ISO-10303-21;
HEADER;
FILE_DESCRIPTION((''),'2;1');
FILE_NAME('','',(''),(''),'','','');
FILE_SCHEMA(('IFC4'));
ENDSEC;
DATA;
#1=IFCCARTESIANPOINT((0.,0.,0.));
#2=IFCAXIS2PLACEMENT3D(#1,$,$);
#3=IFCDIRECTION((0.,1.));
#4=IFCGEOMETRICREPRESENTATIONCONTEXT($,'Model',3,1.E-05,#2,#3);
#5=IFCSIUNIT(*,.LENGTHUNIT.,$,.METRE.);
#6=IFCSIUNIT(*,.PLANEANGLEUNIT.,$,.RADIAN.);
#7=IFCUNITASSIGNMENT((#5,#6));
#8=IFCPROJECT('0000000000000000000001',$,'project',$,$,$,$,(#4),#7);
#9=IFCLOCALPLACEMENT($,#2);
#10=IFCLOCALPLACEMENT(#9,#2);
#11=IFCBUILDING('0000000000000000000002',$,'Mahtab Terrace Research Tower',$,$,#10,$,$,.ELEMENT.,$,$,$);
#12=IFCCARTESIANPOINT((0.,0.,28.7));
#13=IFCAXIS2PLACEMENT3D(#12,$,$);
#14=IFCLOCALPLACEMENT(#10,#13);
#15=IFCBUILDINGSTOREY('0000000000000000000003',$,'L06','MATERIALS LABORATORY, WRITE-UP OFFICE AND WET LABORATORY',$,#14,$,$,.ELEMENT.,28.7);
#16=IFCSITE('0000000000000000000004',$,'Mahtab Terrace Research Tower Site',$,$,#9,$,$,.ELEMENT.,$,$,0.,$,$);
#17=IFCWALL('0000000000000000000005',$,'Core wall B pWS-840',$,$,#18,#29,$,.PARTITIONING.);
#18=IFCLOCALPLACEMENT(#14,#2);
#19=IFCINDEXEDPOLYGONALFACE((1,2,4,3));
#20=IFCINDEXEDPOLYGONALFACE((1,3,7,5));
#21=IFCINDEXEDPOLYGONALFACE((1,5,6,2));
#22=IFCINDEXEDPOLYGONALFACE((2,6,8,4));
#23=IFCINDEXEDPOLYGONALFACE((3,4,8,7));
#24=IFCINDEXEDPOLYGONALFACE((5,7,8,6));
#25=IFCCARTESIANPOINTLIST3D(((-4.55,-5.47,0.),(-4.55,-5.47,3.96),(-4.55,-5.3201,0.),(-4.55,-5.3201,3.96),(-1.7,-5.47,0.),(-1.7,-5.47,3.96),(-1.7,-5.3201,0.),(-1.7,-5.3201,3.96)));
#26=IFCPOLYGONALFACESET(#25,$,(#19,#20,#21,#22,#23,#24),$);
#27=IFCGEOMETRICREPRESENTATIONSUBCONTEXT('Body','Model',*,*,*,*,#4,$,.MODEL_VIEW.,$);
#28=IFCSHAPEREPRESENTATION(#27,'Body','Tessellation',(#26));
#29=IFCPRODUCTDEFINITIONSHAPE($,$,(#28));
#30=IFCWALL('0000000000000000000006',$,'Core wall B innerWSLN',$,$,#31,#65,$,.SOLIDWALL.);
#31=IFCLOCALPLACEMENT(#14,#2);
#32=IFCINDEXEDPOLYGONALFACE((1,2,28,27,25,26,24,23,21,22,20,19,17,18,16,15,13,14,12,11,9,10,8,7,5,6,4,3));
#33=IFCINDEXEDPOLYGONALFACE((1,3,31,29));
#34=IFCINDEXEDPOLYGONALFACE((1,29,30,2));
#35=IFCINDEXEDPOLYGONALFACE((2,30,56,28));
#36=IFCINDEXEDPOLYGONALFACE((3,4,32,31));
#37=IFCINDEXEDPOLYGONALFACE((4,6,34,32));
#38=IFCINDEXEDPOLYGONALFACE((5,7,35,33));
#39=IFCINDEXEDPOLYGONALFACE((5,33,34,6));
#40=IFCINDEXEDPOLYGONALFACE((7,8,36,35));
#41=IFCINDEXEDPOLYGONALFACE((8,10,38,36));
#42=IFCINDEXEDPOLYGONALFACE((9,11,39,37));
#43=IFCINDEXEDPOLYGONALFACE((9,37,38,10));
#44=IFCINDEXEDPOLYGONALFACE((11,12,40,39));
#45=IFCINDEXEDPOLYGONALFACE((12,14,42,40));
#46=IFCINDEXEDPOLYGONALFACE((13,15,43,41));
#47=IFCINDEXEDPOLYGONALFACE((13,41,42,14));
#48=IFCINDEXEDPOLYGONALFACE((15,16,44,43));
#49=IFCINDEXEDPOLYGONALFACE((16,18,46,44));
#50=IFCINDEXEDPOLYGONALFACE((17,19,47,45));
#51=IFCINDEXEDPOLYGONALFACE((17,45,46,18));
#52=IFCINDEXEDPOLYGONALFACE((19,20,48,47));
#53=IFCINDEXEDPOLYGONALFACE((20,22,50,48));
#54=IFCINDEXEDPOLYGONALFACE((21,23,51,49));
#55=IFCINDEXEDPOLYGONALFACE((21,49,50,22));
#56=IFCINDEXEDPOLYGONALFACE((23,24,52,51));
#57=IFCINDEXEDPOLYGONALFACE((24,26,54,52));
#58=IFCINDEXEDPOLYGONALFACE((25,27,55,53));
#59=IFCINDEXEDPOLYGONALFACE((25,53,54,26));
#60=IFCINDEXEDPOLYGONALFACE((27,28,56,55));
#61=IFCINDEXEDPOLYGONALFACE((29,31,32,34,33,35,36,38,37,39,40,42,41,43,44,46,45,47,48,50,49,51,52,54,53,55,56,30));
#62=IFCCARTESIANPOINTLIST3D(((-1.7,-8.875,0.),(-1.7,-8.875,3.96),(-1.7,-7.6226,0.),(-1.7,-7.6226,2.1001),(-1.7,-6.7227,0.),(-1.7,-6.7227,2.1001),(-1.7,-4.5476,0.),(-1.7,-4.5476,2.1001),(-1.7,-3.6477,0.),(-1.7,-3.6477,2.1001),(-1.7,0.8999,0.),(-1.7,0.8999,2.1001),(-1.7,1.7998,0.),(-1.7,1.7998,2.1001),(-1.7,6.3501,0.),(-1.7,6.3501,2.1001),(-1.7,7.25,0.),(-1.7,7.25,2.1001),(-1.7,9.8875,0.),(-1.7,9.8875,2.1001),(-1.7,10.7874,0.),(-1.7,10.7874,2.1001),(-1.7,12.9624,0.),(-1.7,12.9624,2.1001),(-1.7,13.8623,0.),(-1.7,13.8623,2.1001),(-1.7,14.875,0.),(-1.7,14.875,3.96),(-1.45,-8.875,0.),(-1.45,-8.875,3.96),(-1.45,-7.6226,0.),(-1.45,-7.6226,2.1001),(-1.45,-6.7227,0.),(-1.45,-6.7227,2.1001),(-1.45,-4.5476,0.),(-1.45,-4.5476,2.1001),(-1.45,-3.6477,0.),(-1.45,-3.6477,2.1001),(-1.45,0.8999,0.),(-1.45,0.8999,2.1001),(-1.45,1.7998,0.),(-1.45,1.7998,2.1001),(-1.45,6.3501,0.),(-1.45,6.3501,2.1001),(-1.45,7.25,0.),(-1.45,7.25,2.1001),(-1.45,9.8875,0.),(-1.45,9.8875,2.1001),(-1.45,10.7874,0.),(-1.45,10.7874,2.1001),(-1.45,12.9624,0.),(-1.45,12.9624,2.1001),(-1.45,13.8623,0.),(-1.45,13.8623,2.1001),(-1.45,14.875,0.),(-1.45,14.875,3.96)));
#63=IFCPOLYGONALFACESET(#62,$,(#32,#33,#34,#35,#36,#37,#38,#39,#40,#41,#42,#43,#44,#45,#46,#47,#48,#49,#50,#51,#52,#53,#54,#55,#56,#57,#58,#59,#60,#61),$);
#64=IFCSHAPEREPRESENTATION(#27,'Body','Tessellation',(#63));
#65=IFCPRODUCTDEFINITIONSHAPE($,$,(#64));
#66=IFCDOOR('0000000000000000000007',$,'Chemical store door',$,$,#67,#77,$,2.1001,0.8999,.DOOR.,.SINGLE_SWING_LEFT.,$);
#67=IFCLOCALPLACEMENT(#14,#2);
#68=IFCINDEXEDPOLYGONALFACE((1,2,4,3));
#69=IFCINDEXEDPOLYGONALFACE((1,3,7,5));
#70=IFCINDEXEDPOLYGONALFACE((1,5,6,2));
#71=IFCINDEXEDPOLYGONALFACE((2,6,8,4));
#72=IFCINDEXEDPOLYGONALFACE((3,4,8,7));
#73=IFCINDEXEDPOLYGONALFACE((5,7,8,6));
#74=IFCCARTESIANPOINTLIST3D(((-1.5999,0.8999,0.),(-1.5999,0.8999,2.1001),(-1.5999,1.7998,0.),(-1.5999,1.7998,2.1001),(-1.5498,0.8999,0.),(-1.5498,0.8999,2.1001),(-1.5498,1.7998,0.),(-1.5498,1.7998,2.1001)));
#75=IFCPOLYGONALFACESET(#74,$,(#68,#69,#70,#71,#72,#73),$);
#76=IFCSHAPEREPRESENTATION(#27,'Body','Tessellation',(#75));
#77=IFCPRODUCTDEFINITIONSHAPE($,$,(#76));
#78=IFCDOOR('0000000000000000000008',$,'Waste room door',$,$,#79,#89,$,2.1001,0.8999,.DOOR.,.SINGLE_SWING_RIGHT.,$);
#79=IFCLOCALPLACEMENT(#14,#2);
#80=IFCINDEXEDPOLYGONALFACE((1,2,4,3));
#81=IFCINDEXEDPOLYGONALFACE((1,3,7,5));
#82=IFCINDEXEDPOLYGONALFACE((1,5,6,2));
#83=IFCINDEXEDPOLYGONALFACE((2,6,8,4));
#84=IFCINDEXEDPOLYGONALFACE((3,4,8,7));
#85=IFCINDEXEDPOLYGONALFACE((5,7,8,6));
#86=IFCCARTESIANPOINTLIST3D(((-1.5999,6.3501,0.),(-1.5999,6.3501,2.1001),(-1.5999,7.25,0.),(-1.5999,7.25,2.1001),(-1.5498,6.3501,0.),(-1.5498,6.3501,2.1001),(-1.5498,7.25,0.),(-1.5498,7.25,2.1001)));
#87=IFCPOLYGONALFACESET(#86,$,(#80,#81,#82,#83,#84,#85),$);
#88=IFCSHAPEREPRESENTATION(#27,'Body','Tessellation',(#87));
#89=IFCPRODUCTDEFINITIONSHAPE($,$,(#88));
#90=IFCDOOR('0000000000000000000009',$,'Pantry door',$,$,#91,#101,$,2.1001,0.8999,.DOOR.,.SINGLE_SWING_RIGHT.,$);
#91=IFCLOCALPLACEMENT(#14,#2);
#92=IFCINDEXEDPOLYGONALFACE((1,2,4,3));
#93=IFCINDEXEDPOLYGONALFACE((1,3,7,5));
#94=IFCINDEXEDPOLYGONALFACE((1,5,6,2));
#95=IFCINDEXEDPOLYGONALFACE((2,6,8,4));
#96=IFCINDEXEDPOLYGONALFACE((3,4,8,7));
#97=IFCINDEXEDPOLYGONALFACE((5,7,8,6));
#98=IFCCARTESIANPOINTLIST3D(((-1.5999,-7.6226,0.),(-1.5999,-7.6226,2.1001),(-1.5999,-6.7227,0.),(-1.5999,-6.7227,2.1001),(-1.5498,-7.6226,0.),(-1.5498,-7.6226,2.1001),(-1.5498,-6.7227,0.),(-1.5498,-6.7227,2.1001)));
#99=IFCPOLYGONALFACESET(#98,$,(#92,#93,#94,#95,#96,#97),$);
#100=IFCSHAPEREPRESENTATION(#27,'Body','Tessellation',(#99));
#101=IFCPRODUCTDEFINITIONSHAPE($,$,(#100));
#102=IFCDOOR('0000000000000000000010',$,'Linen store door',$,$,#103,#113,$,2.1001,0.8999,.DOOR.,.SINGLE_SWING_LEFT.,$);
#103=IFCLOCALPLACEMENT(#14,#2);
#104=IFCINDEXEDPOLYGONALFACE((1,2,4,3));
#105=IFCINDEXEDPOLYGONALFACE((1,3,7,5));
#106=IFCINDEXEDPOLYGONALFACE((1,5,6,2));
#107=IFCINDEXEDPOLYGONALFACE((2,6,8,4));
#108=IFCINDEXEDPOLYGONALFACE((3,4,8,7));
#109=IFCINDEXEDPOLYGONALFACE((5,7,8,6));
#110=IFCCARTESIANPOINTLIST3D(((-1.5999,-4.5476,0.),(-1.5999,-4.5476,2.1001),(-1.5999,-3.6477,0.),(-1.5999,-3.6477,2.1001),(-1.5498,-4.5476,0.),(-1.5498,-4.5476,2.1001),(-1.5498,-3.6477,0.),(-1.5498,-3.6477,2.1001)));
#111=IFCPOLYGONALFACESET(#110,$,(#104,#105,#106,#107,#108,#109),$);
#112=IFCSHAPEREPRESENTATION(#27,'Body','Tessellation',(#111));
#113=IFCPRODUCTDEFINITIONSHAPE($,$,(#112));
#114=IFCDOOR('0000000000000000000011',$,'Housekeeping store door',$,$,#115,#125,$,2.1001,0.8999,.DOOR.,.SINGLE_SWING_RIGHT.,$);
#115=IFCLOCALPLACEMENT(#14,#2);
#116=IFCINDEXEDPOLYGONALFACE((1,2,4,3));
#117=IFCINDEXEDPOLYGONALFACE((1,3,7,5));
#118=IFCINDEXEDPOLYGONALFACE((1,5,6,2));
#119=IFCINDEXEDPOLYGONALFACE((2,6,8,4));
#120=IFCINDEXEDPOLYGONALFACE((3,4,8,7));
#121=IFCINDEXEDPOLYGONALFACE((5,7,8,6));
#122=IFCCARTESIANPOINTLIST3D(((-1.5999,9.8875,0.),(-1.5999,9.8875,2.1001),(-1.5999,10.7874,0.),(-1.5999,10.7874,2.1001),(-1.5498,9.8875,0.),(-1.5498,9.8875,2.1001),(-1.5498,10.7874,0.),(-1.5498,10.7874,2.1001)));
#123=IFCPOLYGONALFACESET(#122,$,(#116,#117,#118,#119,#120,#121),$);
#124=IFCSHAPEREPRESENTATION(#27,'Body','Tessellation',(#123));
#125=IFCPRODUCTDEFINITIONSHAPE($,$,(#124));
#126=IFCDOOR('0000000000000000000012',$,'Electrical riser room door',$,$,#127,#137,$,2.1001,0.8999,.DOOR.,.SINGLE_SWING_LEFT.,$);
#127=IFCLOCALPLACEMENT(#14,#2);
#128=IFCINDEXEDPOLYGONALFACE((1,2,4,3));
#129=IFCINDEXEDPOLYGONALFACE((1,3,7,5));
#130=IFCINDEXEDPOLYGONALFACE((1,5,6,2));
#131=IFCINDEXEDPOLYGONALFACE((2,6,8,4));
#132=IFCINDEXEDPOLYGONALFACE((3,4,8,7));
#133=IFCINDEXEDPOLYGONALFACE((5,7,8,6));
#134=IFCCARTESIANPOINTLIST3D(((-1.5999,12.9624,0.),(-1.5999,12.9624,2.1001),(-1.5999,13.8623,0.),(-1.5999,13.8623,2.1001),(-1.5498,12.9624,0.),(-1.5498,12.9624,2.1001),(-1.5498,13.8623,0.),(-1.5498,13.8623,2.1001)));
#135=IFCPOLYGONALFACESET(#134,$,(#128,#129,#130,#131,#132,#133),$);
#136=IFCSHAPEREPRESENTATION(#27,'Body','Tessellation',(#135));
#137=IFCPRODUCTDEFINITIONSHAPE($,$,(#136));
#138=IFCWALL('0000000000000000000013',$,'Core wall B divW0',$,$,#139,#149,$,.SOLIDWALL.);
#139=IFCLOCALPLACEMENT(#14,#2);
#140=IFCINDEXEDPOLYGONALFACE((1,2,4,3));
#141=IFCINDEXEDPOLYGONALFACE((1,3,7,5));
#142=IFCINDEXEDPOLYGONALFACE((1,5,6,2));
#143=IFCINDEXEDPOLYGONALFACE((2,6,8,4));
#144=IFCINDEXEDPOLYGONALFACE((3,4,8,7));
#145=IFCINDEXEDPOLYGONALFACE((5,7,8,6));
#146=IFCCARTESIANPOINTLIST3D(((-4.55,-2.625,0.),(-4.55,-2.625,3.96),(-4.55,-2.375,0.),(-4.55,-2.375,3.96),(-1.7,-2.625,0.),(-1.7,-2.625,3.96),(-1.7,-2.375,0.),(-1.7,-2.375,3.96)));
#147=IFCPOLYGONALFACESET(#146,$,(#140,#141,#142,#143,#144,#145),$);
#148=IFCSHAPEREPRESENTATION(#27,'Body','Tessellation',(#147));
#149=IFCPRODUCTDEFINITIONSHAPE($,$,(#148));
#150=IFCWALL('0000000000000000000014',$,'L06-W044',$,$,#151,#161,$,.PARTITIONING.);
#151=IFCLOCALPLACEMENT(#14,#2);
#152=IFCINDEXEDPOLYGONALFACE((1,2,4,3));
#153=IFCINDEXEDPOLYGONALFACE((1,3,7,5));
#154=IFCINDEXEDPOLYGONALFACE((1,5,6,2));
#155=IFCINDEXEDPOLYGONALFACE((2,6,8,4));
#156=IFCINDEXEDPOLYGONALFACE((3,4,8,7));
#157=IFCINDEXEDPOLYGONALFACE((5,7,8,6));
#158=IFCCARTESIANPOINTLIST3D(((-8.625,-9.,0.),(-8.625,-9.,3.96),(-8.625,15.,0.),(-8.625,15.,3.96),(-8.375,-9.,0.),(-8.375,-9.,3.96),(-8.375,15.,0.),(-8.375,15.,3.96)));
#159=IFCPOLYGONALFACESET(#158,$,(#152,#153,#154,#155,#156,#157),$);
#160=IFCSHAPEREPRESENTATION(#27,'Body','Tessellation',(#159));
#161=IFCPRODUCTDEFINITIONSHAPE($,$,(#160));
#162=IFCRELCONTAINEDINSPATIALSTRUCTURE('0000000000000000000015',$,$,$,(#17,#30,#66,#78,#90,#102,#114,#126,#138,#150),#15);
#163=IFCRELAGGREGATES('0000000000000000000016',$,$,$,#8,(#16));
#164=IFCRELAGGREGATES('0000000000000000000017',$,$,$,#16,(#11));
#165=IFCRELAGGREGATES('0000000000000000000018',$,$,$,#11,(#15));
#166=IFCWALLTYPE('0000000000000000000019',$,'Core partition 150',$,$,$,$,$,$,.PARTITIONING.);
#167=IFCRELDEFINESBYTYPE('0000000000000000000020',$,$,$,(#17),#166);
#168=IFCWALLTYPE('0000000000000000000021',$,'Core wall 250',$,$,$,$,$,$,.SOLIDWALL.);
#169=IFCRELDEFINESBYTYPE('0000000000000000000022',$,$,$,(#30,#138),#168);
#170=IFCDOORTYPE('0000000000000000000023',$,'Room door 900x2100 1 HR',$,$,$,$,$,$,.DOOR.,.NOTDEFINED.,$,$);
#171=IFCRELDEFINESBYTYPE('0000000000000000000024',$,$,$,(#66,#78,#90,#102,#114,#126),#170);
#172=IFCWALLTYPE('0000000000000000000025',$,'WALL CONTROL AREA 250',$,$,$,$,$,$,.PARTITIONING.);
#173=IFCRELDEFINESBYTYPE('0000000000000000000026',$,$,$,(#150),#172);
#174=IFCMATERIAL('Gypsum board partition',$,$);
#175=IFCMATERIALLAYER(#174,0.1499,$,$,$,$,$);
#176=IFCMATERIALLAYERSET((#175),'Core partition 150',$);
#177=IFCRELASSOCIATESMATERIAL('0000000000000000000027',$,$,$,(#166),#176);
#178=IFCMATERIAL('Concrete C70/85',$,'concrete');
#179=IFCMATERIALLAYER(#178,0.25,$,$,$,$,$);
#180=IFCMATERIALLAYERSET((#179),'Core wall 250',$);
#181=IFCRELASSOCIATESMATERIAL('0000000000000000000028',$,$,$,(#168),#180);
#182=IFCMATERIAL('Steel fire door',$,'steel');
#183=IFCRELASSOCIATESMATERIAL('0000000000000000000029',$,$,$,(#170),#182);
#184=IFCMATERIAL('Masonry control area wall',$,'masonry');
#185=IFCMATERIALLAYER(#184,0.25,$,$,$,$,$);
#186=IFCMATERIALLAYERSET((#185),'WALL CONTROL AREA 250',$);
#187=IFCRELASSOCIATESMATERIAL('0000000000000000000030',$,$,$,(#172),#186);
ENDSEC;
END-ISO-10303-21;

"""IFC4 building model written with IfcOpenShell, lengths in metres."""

from ifc_helpers import new_model, si_unit, direction, frame, frame_2d, origin, place, context, subcontext, project, spatial, rectangle, extrude, material, layer, layer_set, type_object, element, fill, save


model = new_model("IFC4")

# Units and contexts
model_context = context("Model", 3, precision=1e-05, world=origin(), true_north=direction((0.0, 1.0)))
body_context = subcontext(model_context, "Body", "Model", "MODEL_VIEW")
ifc_project = project(units=[si_unit("LENGTHUNIT", "METRE"), si_unit("PLANEANGLEUNIT", "RADIAN")], contexts=[model_context])

# Site, building, storey
site_placement = place(None, origin())
site = spatial("IfcSite", under=ifc_project, at=site_placement, Name="Mahtab Terrace Research Tower Site", CompositionType="ELEMENT", RefElevation=0.0)
building_placement = place(site_placement, origin())
building = spatial("IfcBuilding", under=site, at=building_placement, Name="Mahtab Terrace Research Tower", CompositionType="ELEMENT")
storey_placement = place(building_placement, frame((0.0, 0.0, 28.7)))
storey = spatial("IfcBuildingStorey", under=building, at=storey_placement, Name="L06", Description="MATERIALS LABORATORY, WRITE-UP OFFICE AND WET LABORATORY", CompositionType="ELEMENT", Elevation=28.7)

# Shared definitions
ifc_material_1 = material(Name="Concrete C70/85", Category="concrete")

# Wall
ifc_material_2 = material(Name="Gypsum board partition")
ifc_layer_1 = layer(ifc_material_2, 0.1499)
ifc_layer_set_1 = layer_set([ifc_layer_1], Name="Core partition 150")
wall_type_1 = type_object("IfcWallType", Name="Core partition 150", PredefinedType="PARTITIONING", material=ifc_layer_set_1)
wall_1_placement = place(storey_placement, frame((-4.55, -5.395, 0.0), z_axis=(0.0, 0.0, 1.0), x_axis=(1.0, 0.0, 0.0)))
element("IfcWall", 1, at=wall_1_placement, inside=storey, type_object=wall_type_1, Name="Core wall B pWS-840", PredefinedType="PARTITIONING", context=body_context, shape_type="SweptSolid", body=[
    extrude(rectangle(XDim=2.8501, YDim=0.1499, at=frame_2d((1.425, 0.0))), origin(), (0.0, 0.0, 1.0), 3.96),
])

# Wall, openings, doors
ifc_layer_2 = layer(ifc_material_1, 0.25)
ifc_layer_set_2 = layer_set([ifc_layer_2], Name="Core wall 250")
wall_type_2 = type_object("IfcWallType", Name="Core wall 250", PredefinedType="SOLIDWALL", material=ifc_layer_set_2)
wall_2_placement = place(storey_placement, frame((-1.575, -8.875, 0.0), z_axis=(0.0, 0.0, 1.0), x_axis=(0.0, 1.0, 0.0)))
wall_2 = element("IfcWall", 2, at=wall_2_placement, inside=storey, type_object=wall_type_2, Name="Core wall B innerWSLN", PredefinedType="SOLIDWALL", context=body_context, shape_type="SweptSolid", body=[
    extrude(rectangle(XDim=23.75, YDim=0.25, at=frame_2d((11.875, 0.0))), origin(), (0.0, 0.0, 1.0), 3.96),
])
opening_1_placement = place(wall_2_placement, frame((9.7749, 0.0, 0.0)))
opening_1 = element("IfcOpeningElement", 3, at=opening_1_placement, cuts=wall_2, PredefinedType="OPENING", context=body_context, shape_type="SweptSolid", body=[
    extrude(rectangle(XDim=0.8999, YDim=2.1001, at=frame_2d((0.45, 1.05))), frame((0.0, 0.135, 0.0), z_axis=(0.0, -1.0, 0.0), x_axis=(1.0, 0.0, 0.0)), (0.0, 0.0, 1.0), 0.27),
])
opening_2_placement = place(wall_2_placement, frame((15.2251, 0.0, 0.0)))
opening_2 = element("IfcOpeningElement", 4, at=opening_2_placement, cuts=wall_2, PredefinedType="OPENING", context=body_context, shape_type="SweptSolid", body=[
    extrude(rectangle(XDim=0.8999, YDim=2.1001, at=frame_2d((0.45, 1.05))), frame((0.0, 0.135, 0.0), z_axis=(0.0, -1.0, 0.0), x_axis=(1.0, 0.0, 0.0)), (0.0, 0.0, 1.0), 0.27),
])
opening_3_placement = place(wall_2_placement, frame((1.2524, 0.0, 0.0)))
opening_3 = element("IfcOpeningElement", 5, at=opening_3_placement, cuts=wall_2, PredefinedType="OPENING", context=body_context, shape_type="SweptSolid", body=[
    extrude(rectangle(XDim=0.8999, YDim=2.1001, at=frame_2d((0.45, 1.05))), frame((0.0, 0.135, 0.0), z_axis=(0.0, -1.0, 0.0), x_axis=(1.0, 0.0, 0.0)), (0.0, 0.0, 1.0), 0.27),
])
opening_4_placement = place(wall_2_placement, frame((4.3274, 0.0, 0.0)))
opening_4 = element("IfcOpeningElement", 6, at=opening_4_placement, cuts=wall_2, PredefinedType="OPENING", context=body_context, shape_type="SweptSolid", body=[
    extrude(rectangle(XDim=0.8999, YDim=2.1001, at=frame_2d((0.45, 1.05))), frame((0.0, 0.135, 0.0), z_axis=(0.0, -1.0, 0.0), x_axis=(1.0, 0.0, 0.0)), (0.0, 0.0, 1.0), 0.27),
])
opening_5_placement = place(wall_2_placement, frame((18.7625, 0.0, 0.0)))
opening_5 = element("IfcOpeningElement", 7, at=opening_5_placement, cuts=wall_2, PredefinedType="OPENING", context=body_context, shape_type="SweptSolid", body=[
    extrude(rectangle(XDim=0.8999, YDim=2.1001, at=frame_2d((0.45, 1.05))), frame((0.0, 0.135, 0.0), z_axis=(0.0, -1.0, 0.0), x_axis=(1.0, 0.0, 0.0)), (0.0, 0.0, 1.0), 0.27),
])
opening_6_placement = place(wall_2_placement, frame((21.8374, 0.0, 0.0)))
opening_6 = element("IfcOpeningElement", 8, at=opening_6_placement, cuts=wall_2, PredefinedType="OPENING", context=body_context, shape_type="SweptSolid", body=[
    extrude(rectangle(XDim=0.8999, YDim=2.1001, at=frame_2d((0.45, 1.05))), frame((0.0, 0.135, 0.0), z_axis=(0.0, -1.0, 0.0), x_axis=(1.0, 0.0, 0.0)), (0.0, 0.0, 1.0), 0.27),
])
ifc_material_3 = material(Name="Steel fire door", Category="steel")
door_type = type_object("IfcDoorType", Name="Room door 900x2100 1 HR", OperationType="NOTDEFINED", PredefinedType="DOOR", material=ifc_material_3)
door_1_placement = place(opening_1_placement, origin())
door_1 = element("IfcDoor", 9, at=door_1_placement, inside=storey, type_object=door_type, Name="Chemical store door", OperationType="SINGLE_SWING_LEFT", OverallHeight=2.1001, OverallWidth=0.8999, PredefinedType="DOOR", context=body_context, shape_type="SweptSolid", body=[
    extrude(rectangle(XDim=0.8999, YDim=2.1001, at=frame_2d((0.45, 1.05))), frame((0.0, 0.0249, 0.0), z_axis=(0.0, -1.0, 0.0), x_axis=(1.0, 0.0, 0.0)), (0.0, 0.0, 1.0), 0.05),
])
fill(opening_1, door_1)
door_2_placement = place(opening_2_placement, origin())
door_2 = element("IfcDoor", 10, at=door_2_placement, inside=storey, type_object=door_type, Name="Waste room door", OperationType="SINGLE_SWING_RIGHT", OverallHeight=2.1001, OverallWidth=0.8999, PredefinedType="DOOR", context=body_context, shape_type="SweptSolid", body=[
    extrude(rectangle(XDim=0.8999, YDim=2.1001, at=frame_2d((0.45, 1.05))), frame((0.0, 0.0249, 0.0), z_axis=(0.0, -1.0, 0.0), x_axis=(1.0, 0.0, 0.0)), (0.0, 0.0, 1.0), 0.05),
])
fill(opening_2, door_2)
door_3_placement = place(opening_3_placement, origin())
door_3 = element("IfcDoor", 11, at=door_3_placement, inside=storey, type_object=door_type, Name="Pantry door", OperationType="SINGLE_SWING_RIGHT", OverallHeight=2.1001, OverallWidth=0.8999, PredefinedType="DOOR", context=body_context, shape_type="SweptSolid", body=[
    extrude(rectangle(XDim=0.8999, YDim=2.1001, at=frame_2d((0.45, 1.05))), frame((0.0, 0.0249, 0.0), z_axis=(0.0, -1.0, 0.0), x_axis=(1.0, 0.0, 0.0)), (0.0, 0.0, 1.0), 0.05),
])
fill(opening_3, door_3)
door_4_placement = place(opening_4_placement, origin())
door_4 = element("IfcDoor", 12, at=door_4_placement, inside=storey, type_object=door_type, Name="Linen store door", OperationType="SINGLE_SWING_LEFT", OverallHeight=2.1001, OverallWidth=0.8999, PredefinedType="DOOR", context=body_context, shape_type="SweptSolid", body=[
    extrude(rectangle(XDim=0.8999, YDim=2.1001, at=frame_2d((0.45, 1.05))), frame((0.0, 0.0249, 0.0), z_axis=(0.0, -1.0, 0.0), x_axis=(1.0, 0.0, 0.0)), (0.0, 0.0, 1.0), 0.05),
])
fill(opening_4, door_4)
door_5_placement = place(opening_5_placement, origin())
door_5 = element("IfcDoor", 13, at=door_5_placement, inside=storey, type_object=door_type, Name="Housekeeping store door", OperationType="SINGLE_SWING_RIGHT", OverallHeight=2.1001, OverallWidth=0.8999, PredefinedType="DOOR", context=body_context, shape_type="SweptSolid", body=[
    extrude(rectangle(XDim=0.8999, YDim=2.1001, at=frame_2d((0.45, 1.05))), frame((0.0, 0.0249, 0.0), z_axis=(0.0, -1.0, 0.0), x_axis=(1.0, 0.0, 0.0)), (0.0, 0.0, 1.0), 0.05),
])
fill(opening_5, door_5)
door_6_placement = place(opening_6_placement, origin())
door_6 = element("IfcDoor", 14, at=door_6_placement, inside=storey, type_object=door_type, Name="Electrical riser room door", OperationType="SINGLE_SWING_LEFT", OverallHeight=2.1001, OverallWidth=0.8999, PredefinedType="DOOR", context=body_context, shape_type="SweptSolid", body=[
    extrude(rectangle(XDim=0.8999, YDim=2.1001, at=frame_2d((0.45, 1.05))), frame((0.0, 0.0249, 0.0), z_axis=(0.0, -1.0, 0.0), x_axis=(1.0, 0.0, 0.0)), (0.0, 0.0, 1.0), 0.05),
])
fill(opening_6, door_6)

# Walls
wall_3_placement = place(storey_placement, frame((-4.55, -2.5, 0.0), z_axis=(0.0, 0.0, 1.0), x_axis=(1.0, 0.0, 0.0)))
element("IfcWall", 15, at=wall_3_placement, inside=storey, type_object=wall_type_2, Name="Core wall B divW0", PredefinedType="SOLIDWALL", context=body_context, shape_type="SweptSolid", body=[
    extrude(rectangle(XDim=2.8501, YDim=0.25, at=frame_2d((1.425, 0.0))), origin(), (0.0, 0.0, 1.0), 3.96),
])
ifc_material_4 = material(Name="Masonry control area wall", Category="masonry")
ifc_layer_3 = layer(ifc_material_4, 0.25)
ifc_layer_set_3 = layer_set([ifc_layer_3], Name="WALL CONTROL AREA 250")
wall_type_3 = type_object("IfcWallType", Name="WALL CONTROL AREA 250", PredefinedType="PARTITIONING", material=ifc_layer_set_3)
wall_4_placement = place(storey_placement, frame((-8.5, -9.0, 0.0), z_axis=(0.0, 0.0, 1.0), x_axis=(0.0, 1.0, 0.0)))
element("IfcWall", 16, at=wall_4_placement, inside=storey, type_object=wall_type_3, Name="L06-W044", PredefinedType="PARTITIONING", context=body_context, shape_type="SweptSolid", body=[
    extrude(rectangle(XDim=24.0, YDim=0.25, at=frame_2d((12.0, 0.0))), origin(), (0.0, 0.0, 1.0), 3.96),
])

save(model, "model.ifc")
